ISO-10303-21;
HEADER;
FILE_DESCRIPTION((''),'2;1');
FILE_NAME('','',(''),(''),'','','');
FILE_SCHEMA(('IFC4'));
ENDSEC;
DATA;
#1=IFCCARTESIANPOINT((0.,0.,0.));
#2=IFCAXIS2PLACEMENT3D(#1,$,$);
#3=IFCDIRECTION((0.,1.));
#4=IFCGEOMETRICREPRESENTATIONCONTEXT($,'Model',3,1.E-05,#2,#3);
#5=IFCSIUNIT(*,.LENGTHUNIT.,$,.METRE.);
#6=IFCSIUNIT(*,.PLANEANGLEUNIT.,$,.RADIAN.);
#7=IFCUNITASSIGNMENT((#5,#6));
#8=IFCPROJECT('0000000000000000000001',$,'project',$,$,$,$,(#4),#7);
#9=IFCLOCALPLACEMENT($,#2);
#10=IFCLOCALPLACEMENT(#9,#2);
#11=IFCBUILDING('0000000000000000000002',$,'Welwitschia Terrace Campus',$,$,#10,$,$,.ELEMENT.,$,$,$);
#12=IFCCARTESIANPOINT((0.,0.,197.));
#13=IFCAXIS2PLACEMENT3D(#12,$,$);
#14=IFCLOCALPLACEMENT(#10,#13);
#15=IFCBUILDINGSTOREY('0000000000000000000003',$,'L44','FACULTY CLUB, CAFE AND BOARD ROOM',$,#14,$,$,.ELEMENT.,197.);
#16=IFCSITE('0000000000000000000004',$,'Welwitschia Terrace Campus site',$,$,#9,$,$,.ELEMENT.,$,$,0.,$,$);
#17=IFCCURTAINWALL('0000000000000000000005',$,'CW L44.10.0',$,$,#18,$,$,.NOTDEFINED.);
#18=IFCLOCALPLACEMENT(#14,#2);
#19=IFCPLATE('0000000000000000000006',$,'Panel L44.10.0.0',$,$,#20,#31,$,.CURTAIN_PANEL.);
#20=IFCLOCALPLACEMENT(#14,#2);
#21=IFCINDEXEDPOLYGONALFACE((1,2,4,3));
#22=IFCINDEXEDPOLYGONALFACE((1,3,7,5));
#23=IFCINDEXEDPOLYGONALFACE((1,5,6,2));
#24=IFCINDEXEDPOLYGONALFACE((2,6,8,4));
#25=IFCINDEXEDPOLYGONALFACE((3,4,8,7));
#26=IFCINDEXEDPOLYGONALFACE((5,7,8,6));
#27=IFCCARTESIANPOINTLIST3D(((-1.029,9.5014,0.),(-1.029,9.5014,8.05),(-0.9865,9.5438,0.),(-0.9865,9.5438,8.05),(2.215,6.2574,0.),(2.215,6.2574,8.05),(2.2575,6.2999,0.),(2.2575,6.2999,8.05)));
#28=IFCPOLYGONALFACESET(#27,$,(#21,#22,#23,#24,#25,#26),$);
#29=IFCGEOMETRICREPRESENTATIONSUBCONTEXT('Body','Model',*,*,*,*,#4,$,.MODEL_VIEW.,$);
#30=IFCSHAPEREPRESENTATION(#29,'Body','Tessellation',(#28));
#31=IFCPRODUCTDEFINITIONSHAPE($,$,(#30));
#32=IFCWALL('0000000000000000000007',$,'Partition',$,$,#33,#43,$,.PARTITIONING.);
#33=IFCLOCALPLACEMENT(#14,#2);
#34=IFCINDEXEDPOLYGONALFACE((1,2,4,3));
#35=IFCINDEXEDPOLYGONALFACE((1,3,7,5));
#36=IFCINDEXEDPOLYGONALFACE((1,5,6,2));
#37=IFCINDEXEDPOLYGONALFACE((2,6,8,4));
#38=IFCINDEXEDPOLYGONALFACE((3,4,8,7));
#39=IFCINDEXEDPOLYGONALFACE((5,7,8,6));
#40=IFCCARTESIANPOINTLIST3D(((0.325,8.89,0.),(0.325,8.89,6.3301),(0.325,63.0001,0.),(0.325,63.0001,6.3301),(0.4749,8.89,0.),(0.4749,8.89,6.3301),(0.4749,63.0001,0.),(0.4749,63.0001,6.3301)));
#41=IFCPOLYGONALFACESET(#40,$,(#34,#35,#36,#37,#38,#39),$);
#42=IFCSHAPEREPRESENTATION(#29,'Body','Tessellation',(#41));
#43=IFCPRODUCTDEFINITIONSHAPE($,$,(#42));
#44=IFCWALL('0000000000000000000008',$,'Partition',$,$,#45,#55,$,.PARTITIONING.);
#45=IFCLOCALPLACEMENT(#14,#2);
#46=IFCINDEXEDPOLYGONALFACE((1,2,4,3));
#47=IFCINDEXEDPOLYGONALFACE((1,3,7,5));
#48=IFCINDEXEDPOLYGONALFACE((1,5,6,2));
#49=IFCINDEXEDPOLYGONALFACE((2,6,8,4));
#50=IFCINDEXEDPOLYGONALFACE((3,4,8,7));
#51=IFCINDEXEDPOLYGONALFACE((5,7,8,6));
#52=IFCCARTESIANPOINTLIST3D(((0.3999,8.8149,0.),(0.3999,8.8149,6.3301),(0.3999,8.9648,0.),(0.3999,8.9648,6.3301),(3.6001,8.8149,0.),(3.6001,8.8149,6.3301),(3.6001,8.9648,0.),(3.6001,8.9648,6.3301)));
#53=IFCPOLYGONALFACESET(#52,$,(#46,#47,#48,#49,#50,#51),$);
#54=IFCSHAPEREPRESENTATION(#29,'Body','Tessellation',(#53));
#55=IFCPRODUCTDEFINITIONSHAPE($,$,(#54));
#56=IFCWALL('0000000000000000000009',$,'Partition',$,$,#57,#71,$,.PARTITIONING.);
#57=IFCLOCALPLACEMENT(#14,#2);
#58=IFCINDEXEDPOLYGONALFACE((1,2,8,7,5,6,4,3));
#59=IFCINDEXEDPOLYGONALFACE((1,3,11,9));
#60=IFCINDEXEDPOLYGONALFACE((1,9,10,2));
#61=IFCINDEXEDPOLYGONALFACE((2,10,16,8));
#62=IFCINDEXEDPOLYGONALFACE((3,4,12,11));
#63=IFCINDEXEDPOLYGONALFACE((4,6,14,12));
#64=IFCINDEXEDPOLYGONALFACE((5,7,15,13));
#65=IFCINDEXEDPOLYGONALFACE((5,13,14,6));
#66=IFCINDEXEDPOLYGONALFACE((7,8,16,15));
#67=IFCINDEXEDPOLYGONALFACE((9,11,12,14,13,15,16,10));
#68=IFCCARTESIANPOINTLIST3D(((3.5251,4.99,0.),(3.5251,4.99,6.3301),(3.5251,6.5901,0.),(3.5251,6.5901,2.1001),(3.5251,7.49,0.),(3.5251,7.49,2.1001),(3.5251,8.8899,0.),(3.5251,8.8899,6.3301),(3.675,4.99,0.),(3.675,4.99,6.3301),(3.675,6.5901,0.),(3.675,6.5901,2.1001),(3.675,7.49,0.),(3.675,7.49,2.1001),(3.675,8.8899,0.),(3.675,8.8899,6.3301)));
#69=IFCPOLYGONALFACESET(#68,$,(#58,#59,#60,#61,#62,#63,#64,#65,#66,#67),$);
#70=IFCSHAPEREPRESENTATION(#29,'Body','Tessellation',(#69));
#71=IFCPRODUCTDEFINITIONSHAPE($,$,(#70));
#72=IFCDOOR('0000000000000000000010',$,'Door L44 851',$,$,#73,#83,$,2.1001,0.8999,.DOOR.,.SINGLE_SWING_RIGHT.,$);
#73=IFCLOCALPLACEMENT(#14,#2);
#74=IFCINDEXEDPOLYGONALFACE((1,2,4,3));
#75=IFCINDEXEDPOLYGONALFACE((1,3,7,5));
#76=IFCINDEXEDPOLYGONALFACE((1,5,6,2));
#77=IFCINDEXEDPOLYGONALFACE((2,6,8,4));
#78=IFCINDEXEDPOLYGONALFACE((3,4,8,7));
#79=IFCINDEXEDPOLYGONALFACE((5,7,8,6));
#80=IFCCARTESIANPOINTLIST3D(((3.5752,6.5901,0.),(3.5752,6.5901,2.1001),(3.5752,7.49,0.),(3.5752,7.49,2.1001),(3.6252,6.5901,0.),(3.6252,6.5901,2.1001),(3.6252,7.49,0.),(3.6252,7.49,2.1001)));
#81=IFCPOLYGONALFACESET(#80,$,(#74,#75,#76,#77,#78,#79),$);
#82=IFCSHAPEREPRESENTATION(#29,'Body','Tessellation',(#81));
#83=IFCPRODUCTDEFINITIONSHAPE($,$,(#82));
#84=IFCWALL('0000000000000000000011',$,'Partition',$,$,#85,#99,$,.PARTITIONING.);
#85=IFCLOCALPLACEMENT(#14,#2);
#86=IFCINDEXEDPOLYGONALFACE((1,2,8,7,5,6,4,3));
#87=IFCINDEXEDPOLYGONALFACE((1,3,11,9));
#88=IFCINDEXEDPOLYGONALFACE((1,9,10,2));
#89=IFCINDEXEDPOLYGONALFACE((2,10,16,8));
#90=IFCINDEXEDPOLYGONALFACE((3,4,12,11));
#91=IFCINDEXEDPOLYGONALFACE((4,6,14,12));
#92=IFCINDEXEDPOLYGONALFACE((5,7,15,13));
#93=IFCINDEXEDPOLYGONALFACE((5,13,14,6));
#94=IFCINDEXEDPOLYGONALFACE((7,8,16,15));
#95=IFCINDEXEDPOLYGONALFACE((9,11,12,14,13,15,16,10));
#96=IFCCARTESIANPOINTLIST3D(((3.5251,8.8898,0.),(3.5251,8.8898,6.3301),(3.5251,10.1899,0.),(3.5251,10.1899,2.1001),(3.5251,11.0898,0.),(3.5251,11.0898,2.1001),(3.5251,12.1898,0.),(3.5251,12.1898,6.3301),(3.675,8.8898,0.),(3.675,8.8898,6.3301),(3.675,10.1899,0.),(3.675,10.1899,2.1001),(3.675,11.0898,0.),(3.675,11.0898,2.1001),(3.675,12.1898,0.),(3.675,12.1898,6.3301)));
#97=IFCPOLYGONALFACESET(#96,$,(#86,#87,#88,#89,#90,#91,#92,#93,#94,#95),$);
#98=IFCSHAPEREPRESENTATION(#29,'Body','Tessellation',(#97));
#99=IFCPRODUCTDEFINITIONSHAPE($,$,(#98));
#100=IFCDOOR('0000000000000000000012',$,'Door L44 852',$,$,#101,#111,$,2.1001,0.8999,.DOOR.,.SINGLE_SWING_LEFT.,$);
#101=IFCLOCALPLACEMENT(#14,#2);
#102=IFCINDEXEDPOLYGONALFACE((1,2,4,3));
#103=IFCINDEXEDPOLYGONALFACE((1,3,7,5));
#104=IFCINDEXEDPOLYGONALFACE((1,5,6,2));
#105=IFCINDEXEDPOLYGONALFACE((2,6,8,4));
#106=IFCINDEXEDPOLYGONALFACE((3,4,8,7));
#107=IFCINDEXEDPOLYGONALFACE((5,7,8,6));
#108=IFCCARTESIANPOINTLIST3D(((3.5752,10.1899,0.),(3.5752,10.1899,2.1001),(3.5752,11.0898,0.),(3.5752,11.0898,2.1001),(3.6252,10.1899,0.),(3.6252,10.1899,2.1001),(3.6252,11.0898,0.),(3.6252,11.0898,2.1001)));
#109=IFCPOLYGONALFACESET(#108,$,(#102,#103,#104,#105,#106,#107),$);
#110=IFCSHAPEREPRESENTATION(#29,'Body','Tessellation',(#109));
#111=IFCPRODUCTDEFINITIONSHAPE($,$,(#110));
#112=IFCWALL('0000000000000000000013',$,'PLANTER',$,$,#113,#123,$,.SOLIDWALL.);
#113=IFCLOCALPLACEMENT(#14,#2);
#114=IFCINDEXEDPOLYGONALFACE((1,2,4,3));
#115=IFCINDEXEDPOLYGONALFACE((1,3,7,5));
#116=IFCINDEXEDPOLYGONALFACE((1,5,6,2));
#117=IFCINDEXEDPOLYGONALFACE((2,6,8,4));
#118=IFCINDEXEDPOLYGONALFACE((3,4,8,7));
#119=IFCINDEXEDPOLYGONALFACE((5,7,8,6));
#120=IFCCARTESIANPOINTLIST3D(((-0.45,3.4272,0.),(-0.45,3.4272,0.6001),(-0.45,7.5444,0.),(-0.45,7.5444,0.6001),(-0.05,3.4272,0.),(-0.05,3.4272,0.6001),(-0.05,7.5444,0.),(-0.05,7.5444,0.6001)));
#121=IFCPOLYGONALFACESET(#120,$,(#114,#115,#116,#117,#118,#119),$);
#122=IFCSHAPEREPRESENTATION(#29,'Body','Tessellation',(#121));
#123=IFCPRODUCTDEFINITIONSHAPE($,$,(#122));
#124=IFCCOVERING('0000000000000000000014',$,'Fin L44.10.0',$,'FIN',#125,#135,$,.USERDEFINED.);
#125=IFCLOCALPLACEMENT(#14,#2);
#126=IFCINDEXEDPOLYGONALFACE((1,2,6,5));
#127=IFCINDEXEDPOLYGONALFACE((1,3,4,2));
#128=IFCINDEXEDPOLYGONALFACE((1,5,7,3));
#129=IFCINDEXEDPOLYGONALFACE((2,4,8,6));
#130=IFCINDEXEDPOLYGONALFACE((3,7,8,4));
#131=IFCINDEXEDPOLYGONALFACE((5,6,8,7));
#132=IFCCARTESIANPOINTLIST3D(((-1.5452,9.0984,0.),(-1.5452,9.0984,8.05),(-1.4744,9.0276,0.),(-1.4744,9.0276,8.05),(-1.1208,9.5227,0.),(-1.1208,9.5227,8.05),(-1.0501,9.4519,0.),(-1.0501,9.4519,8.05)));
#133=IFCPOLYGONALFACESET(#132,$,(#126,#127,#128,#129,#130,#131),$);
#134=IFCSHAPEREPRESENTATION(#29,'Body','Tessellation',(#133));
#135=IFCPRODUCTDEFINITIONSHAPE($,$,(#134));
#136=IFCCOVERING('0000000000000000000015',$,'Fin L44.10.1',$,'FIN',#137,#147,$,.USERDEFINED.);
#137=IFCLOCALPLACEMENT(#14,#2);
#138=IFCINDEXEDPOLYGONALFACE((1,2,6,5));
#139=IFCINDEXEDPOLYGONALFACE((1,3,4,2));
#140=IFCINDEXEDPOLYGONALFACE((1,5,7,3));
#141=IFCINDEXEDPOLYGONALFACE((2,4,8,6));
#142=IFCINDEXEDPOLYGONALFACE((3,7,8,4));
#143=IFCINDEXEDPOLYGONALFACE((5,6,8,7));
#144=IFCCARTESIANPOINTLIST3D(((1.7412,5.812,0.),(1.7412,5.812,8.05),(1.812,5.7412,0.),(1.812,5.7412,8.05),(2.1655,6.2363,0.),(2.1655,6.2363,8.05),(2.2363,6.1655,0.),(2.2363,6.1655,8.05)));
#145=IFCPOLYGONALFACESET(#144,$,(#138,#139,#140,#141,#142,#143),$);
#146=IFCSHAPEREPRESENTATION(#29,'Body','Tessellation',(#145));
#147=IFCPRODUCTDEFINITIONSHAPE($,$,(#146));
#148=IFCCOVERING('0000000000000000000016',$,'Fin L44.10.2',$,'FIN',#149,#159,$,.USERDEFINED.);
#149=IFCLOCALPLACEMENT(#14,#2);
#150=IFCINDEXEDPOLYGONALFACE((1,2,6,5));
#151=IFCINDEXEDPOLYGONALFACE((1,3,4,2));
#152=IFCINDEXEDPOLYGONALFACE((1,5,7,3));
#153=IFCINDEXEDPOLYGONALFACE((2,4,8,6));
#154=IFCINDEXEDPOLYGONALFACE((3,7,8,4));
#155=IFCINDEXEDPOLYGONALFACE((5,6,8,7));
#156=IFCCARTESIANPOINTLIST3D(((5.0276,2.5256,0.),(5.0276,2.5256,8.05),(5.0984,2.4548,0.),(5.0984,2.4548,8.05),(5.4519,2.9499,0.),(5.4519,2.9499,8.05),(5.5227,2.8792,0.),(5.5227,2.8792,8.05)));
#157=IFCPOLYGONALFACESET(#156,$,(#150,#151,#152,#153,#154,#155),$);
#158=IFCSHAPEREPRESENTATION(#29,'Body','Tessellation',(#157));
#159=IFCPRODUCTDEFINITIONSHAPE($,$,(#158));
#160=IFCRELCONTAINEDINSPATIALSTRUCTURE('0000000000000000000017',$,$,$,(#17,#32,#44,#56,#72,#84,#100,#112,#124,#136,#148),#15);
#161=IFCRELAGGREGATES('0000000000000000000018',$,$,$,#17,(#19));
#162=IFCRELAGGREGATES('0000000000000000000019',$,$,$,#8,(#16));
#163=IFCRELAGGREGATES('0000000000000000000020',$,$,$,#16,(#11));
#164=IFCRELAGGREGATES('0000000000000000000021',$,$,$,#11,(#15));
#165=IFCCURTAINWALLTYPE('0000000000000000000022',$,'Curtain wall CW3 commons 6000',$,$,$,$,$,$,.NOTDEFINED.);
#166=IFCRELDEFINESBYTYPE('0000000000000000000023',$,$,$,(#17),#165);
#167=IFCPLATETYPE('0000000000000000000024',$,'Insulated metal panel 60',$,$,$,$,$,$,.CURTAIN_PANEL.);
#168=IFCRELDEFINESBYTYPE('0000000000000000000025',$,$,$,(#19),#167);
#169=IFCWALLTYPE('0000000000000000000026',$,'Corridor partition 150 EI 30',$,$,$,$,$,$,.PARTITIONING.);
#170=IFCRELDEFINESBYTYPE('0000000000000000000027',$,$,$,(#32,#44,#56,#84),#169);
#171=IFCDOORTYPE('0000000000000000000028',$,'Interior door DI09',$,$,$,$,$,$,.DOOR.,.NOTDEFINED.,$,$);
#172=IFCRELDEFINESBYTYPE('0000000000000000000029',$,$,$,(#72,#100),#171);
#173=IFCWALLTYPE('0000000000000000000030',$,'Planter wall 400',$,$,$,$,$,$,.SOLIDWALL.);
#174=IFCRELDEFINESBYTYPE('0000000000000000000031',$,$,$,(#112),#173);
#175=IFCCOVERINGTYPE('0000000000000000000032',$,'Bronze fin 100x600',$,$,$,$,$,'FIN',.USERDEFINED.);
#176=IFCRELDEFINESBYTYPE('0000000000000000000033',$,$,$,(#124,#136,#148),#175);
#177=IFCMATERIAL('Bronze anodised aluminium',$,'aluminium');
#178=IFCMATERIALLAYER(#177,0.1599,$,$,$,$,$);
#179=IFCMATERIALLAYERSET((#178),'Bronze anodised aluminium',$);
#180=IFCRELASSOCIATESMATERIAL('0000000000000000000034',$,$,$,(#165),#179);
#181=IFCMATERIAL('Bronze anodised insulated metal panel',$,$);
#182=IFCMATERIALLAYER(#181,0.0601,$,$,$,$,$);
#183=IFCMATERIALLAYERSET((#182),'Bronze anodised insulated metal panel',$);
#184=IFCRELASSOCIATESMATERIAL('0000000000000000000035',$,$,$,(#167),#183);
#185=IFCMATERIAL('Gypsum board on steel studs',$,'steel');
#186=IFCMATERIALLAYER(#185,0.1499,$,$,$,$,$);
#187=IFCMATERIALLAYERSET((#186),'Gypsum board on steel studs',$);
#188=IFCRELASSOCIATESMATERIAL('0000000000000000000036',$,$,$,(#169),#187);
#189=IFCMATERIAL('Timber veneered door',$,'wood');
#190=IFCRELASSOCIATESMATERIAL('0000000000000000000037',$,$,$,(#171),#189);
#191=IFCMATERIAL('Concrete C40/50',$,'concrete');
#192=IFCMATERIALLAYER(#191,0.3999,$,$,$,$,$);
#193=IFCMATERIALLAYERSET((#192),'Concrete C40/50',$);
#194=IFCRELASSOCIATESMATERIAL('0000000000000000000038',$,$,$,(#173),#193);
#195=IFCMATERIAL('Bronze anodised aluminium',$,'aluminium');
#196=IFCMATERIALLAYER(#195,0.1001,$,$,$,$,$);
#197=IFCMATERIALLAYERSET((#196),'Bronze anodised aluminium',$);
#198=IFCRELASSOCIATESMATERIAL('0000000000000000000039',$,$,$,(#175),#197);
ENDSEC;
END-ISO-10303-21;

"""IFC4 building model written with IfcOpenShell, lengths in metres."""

from ifc_helpers import new_model, si_unit, direction, frame, frame_2d, origin, origin_2d, place, context, subcontext, project, spatial, rectangle, extrude, material, layer, layer_set, type_object, element, fill, aggregate, save


model = new_model("IFC4")

# Units and contexts
model_context = context("Model", 3, precision=1e-05, world=origin(), true_north=direction((0.0, 1.0)))
body_context = subcontext(model_context, "Body", "Model", "MODEL_VIEW")
ifc_project = project(units=[si_unit("LENGTHUNIT", "METRE"), si_unit("PLANEANGLEUNIT", "RADIAN")], contexts=[model_context])

# Site, building, storey
site_placement = place(None, origin())
site = spatial("IfcSite", under=ifc_project, at=site_placement, Name="Welwitschia Terrace Campus site", CompositionType="ELEMENT", RefElevation=0.0)
building_placement = place(site_placement, origin())
building = spatial("IfcBuilding", under=site, at=building_placement, Name="Welwitschia Terrace Campus", CompositionType="ELEMENT")
storey_placement = place(building_placement, frame((0.0, 0.0, 197.0)))
storey = spatial("IfcBuildingStorey", under=building, at=storey_placement, Name="L44", Description="FACULTY CLUB, CAFE AND BOARD ROOM", CompositionType="ELEMENT", Elevation=197.0)

# Curtain wall
ifc_material_1 = material(Name="Bronze anodised aluminium", Category="aluminium")
ifc_layer_1 = layer(ifc_material_1, 0.1599)
ifc_layer_set_1 = layer_set([ifc_layer_1], Name="Bronze anodised aluminium")
curtain_wall_type = type_object("IfcCurtainWallType", Name="Curtain wall CW3 commons 6000", PredefinedType="NOTDEFINED", material=ifc_layer_set_1)
curtain_wall_1_placement = place(storey_placement, origin())
curtain_wall_1 = element("IfcCurtainWall", 1, at=curtain_wall_1_placement, inside=storey, type_object=curtain_wall_type, Name="CW L44.10.0", PredefinedType="NOTDEFINED")

# Plate
ifc_material_2 = material(Name="Bronze anodised insulated metal panel")
ifc_layer_2 = layer(ifc_material_2, 0.0601)
ifc_layer_set_2 = layer_set([ifc_layer_2], Name="Bronze anodised insulated metal panel")
plate_type_1 = type_object("IfcPlateType", Name="Insulated metal panel 60", PredefinedType="CURTAIN_PANEL", material=ifc_layer_set_2)
plate_1_placement = place(storey_placement, frame((0.6143, 7.9006, 0.0), z_axis=(0.0, 0.0, 1.0), x_axis=(0.707107, -0.707107, 0.0)))
plate_1 = element("IfcPlate", 2, at=plate_1_placement, type_object=plate_type_1, Name="Panel L44.10.0.0", PredefinedType="CURTAIN_PANEL", context=body_context, shape_type="SweptSolid", body=[
    extrude(rectangle(XDim=4.5876, YDim=0.0601, at=origin_2d()), origin(), (0.0, 0.0, 1.0), 8.05),
])
aggregate(curtain_wall_1, [plate_1])

# Walls
ifc_material_3 = material(Name="Gypsum board on steel studs", Category="steel")
ifc_layer_3 = layer(ifc_material_3, 0.1499)
ifc_layer_set_3 = layer_set([ifc_layer_3], Name="Gypsum board on steel studs")
wall_type_1 = type_object("IfcWallType", Name="Corridor partition 150 EI 30", PredefinedType="PARTITIONING", material=ifc_layer_set_3)
wall_1_placement = place(storey_placement, frame((0.3999, 8.8899, 0.0), z_axis=(0.0, 0.0, 1.0), x_axis=(0.0, 1.0, 0.0)))
element("IfcWall", 3, at=wall_1_placement, inside=storey, type_object=wall_type_1, Name="Partition", PredefinedType="PARTITIONING", context=body_context, shape_type="SweptSolid", body=[
    extrude(rectangle(XDim=54.1101, YDim=0.1499, at=frame_2d((27.0552, 0.0))), origin(), (0.0, 0.0, 1.0), 6.3301),
])
wall_2_placement = place(storey_placement, frame((0.3999, 8.8899, 0.0), z_axis=(0.0, 0.0, 1.0), x_axis=(1.0, 0.0, 0.0)))
element("IfcWall", 4, at=wall_2_placement, inside=storey, type_object=wall_type_1, Name="Partition", PredefinedType="PARTITIONING", context=body_context, shape_type="SweptSolid", body=[
    extrude(rectangle(XDim=3.2002, YDim=0.1499, at=frame_2d((1.6001, 0.0))), origin(), (0.0, 0.0, 1.0), 6.3301),
])

# Walls, openings, doors
wall_3_placement = place(storey_placement, frame((3.6001, 4.99, 0.0), z_axis=(0.0, 0.0, 1.0), x_axis=(0.0, 1.0, 0.0)))
wall_3 = element("IfcWall", 5, at=wall_3_placement, inside=storey, type_object=wall_type_1, Name="Partition", PredefinedType="PARTITIONING", context=body_context, shape_type="SweptSolid", body=[
    extrude(rectangle(XDim=3.8999, YDim=0.1499, at=frame_2d((1.95, 0.0))), origin(), (0.0, 0.0, 1.0), 6.3301),
])
opening_1_placement = place(wall_3_placement, frame((1.6001, 0.0, 0.0)))
opening_1 = element("IfcOpeningElement", 6, at=opening_1_placement, cuts=wall_3, PredefinedType="OPENING", context=body_context, shape_type="SweptSolid", body=[
    extrude(rectangle(XDim=0.8999, YDim=2.1001, at=frame_2d((0.45, 1.05))), frame((0.0, 0.085, 0.0), z_axis=(0.0, -1.0, 0.0), x_axis=(1.0, 0.0, 0.0)), (0.0, 0.0, 1.0), 0.1699),
])
ifc_material_4 = material(Name="Timber veneered door", Category="wood")
door_type = type_object("IfcDoorType", Name="Interior door DI09", OperationType="NOTDEFINED", PredefinedType="DOOR", material=ifc_material_4)
door_1_placement = place(opening_1_placement, origin())
door_1 = element("IfcDoor", 7, at=door_1_placement, inside=storey, type_object=door_type, Name="Door L44 851", OperationType="SINGLE_SWING_RIGHT", OverallHeight=2.1001, OverallWidth=0.8999, PredefinedType="DOOR", context=body_context, shape_type="SweptSolid", body=[
    extrude(rectangle(XDim=0.8999, YDim=2.1001, at=frame_2d((0.45, 1.05))), frame((0.0, 0.0249, 0.0), z_axis=(0.0, -1.0, 0.0), x_axis=(1.0, 0.0, 0.0)), (0.0, 0.0, 1.0), 0.05),
])
fill(opening_1, door_1)
wall_4_placement = place(storey_placement, frame((3.6001, 8.8899, 0.0), z_axis=(0.0, 0.0, 1.0), x_axis=(0.0, 1.0, 0.0)))
wall_4 = element("IfcWall", 8, at=wall_4_placement, inside=storey, type_object=wall_type_1, Name="Partition", PredefinedType="PARTITIONING", context=body_context, shape_type="SweptSolid", body=[
    extrude(rectangle(XDim=3.3, YDim=0.1499, at=frame_2d((1.6499, 0.0))), origin(), (0.0, 0.0, 1.0), 6.3301),
])
opening_2_placement = place(wall_4_placement, frame((1.3, 0.0, 0.0)))
opening_2 = element("IfcOpeningElement", 9, at=opening_2_placement, cuts=wall_4, PredefinedType="OPENING", context=body_context, shape_type="SweptSolid", body=[
    extrude(rectangle(XDim=0.8999, YDim=2.1001, at=frame_2d((0.45, 1.05))), frame((0.0, 0.085, 0.0), z_axis=(0.0, -1.0, 0.0), x_axis=(1.0, 0.0, 0.0)), (0.0, 0.0, 1.0), 0.1699),
])
door_2_placement = place(opening_2_placement, origin())
door_2 = element("IfcDoor", 10, at=door_2_placement, inside=storey, type_object=door_type, Name="Door L44 852", OperationType="SINGLE_SWING_LEFT", OverallHeight=2.1001, OverallWidth=0.8999, PredefinedType="DOOR", context=body_context, shape_type="SweptSolid", body=[
    extrude(rectangle(XDim=0.8999, YDim=2.1001, at=frame_2d((0.45, 1.05))), frame((0.0, 0.0249, 0.0), z_axis=(0.0, -1.0, 0.0), x_axis=(1.0, 0.0, 0.0)), (0.0, 0.0, 1.0), 0.05),
])
fill(opening_2, door_2)

# Wall
ifc_material_5 = material(Name="Concrete C40/50", Category="concrete")
ifc_layer_4 = layer(ifc_material_5, 0.3999)
ifc_layer_set_4 = layer_set([ifc_layer_4], Name="Concrete C40/50")
wall_type_2 = type_object("IfcWallType", Name="Planter wall 400", PredefinedType="SOLIDWALL", material=ifc_layer_set_4)
wall_5_placement = place(storey_placement, frame((-0.25, 3.4272, 0.0), z_axis=(0.0, 0.0, 1.0), x_axis=(0.0, 1.0, 0.0)))
element("IfcWall", 11, at=wall_5_placement, inside=storey, type_object=wall_type_2, Name="PLANTER", PredefinedType="SOLIDWALL", context=body_context, shape_type="SweptSolid", body=[
    extrude(rectangle(XDim=4.1172, YDim=0.3999, at=frame_2d((2.0586, 0.0))), origin(), (0.0, 0.0, 1.0), 0.6001),
])

# Coverings
ifc_material_6 = material(Name="Bronze anodised aluminium", Category="aluminium")
ifc_layer_5 = layer(ifc_material_6, 0.1001)
ifc_layer_set_5 = layer_set([ifc_layer_5], Name="Bronze anodised aluminium")
covering_type = type_object("IfcCoveringType", Name="Bronze fin 100x600", ElementType="FIN", PredefinedType="USERDEFINED", material=ifc_layer_set_5)
for number, where, z_axis, x_axis, name in (
    (12, (-1.2976, 9.2751, 0.0), (0.0, 0.0, 1.0), (0.707107, -0.707107, 0.0), "Fin L44.10.0"),
    (13, (1.9888, 5.9888, 0.0), (0.0, 0.0, 1.0), (0.707107, -0.707107, 0.0), "Fin L44.10.1"),
    (14, (5.2751, 2.7024, 0.0), (0.0, 0.0, 1.0), (0.707107, -0.707107, 0.0), "Fin L44.10.2"),
):
    element("IfcCovering", number, at=place(storey_placement, frame(where, z_axis=z_axis, x_axis=x_axis)), inside=storey, type_object=covering_type, Name=name, ObjectType="FIN", PredefinedType="USERDEFINED", context=body_context, shape_type="SweptSolid", body=[
        extrude(rectangle(XDim=0.1001, YDim=0.6001, at=origin_2d()), origin(), (0.0, 0.0, 1.0), 8.05),
    ])

save(model, "model.ifc")
